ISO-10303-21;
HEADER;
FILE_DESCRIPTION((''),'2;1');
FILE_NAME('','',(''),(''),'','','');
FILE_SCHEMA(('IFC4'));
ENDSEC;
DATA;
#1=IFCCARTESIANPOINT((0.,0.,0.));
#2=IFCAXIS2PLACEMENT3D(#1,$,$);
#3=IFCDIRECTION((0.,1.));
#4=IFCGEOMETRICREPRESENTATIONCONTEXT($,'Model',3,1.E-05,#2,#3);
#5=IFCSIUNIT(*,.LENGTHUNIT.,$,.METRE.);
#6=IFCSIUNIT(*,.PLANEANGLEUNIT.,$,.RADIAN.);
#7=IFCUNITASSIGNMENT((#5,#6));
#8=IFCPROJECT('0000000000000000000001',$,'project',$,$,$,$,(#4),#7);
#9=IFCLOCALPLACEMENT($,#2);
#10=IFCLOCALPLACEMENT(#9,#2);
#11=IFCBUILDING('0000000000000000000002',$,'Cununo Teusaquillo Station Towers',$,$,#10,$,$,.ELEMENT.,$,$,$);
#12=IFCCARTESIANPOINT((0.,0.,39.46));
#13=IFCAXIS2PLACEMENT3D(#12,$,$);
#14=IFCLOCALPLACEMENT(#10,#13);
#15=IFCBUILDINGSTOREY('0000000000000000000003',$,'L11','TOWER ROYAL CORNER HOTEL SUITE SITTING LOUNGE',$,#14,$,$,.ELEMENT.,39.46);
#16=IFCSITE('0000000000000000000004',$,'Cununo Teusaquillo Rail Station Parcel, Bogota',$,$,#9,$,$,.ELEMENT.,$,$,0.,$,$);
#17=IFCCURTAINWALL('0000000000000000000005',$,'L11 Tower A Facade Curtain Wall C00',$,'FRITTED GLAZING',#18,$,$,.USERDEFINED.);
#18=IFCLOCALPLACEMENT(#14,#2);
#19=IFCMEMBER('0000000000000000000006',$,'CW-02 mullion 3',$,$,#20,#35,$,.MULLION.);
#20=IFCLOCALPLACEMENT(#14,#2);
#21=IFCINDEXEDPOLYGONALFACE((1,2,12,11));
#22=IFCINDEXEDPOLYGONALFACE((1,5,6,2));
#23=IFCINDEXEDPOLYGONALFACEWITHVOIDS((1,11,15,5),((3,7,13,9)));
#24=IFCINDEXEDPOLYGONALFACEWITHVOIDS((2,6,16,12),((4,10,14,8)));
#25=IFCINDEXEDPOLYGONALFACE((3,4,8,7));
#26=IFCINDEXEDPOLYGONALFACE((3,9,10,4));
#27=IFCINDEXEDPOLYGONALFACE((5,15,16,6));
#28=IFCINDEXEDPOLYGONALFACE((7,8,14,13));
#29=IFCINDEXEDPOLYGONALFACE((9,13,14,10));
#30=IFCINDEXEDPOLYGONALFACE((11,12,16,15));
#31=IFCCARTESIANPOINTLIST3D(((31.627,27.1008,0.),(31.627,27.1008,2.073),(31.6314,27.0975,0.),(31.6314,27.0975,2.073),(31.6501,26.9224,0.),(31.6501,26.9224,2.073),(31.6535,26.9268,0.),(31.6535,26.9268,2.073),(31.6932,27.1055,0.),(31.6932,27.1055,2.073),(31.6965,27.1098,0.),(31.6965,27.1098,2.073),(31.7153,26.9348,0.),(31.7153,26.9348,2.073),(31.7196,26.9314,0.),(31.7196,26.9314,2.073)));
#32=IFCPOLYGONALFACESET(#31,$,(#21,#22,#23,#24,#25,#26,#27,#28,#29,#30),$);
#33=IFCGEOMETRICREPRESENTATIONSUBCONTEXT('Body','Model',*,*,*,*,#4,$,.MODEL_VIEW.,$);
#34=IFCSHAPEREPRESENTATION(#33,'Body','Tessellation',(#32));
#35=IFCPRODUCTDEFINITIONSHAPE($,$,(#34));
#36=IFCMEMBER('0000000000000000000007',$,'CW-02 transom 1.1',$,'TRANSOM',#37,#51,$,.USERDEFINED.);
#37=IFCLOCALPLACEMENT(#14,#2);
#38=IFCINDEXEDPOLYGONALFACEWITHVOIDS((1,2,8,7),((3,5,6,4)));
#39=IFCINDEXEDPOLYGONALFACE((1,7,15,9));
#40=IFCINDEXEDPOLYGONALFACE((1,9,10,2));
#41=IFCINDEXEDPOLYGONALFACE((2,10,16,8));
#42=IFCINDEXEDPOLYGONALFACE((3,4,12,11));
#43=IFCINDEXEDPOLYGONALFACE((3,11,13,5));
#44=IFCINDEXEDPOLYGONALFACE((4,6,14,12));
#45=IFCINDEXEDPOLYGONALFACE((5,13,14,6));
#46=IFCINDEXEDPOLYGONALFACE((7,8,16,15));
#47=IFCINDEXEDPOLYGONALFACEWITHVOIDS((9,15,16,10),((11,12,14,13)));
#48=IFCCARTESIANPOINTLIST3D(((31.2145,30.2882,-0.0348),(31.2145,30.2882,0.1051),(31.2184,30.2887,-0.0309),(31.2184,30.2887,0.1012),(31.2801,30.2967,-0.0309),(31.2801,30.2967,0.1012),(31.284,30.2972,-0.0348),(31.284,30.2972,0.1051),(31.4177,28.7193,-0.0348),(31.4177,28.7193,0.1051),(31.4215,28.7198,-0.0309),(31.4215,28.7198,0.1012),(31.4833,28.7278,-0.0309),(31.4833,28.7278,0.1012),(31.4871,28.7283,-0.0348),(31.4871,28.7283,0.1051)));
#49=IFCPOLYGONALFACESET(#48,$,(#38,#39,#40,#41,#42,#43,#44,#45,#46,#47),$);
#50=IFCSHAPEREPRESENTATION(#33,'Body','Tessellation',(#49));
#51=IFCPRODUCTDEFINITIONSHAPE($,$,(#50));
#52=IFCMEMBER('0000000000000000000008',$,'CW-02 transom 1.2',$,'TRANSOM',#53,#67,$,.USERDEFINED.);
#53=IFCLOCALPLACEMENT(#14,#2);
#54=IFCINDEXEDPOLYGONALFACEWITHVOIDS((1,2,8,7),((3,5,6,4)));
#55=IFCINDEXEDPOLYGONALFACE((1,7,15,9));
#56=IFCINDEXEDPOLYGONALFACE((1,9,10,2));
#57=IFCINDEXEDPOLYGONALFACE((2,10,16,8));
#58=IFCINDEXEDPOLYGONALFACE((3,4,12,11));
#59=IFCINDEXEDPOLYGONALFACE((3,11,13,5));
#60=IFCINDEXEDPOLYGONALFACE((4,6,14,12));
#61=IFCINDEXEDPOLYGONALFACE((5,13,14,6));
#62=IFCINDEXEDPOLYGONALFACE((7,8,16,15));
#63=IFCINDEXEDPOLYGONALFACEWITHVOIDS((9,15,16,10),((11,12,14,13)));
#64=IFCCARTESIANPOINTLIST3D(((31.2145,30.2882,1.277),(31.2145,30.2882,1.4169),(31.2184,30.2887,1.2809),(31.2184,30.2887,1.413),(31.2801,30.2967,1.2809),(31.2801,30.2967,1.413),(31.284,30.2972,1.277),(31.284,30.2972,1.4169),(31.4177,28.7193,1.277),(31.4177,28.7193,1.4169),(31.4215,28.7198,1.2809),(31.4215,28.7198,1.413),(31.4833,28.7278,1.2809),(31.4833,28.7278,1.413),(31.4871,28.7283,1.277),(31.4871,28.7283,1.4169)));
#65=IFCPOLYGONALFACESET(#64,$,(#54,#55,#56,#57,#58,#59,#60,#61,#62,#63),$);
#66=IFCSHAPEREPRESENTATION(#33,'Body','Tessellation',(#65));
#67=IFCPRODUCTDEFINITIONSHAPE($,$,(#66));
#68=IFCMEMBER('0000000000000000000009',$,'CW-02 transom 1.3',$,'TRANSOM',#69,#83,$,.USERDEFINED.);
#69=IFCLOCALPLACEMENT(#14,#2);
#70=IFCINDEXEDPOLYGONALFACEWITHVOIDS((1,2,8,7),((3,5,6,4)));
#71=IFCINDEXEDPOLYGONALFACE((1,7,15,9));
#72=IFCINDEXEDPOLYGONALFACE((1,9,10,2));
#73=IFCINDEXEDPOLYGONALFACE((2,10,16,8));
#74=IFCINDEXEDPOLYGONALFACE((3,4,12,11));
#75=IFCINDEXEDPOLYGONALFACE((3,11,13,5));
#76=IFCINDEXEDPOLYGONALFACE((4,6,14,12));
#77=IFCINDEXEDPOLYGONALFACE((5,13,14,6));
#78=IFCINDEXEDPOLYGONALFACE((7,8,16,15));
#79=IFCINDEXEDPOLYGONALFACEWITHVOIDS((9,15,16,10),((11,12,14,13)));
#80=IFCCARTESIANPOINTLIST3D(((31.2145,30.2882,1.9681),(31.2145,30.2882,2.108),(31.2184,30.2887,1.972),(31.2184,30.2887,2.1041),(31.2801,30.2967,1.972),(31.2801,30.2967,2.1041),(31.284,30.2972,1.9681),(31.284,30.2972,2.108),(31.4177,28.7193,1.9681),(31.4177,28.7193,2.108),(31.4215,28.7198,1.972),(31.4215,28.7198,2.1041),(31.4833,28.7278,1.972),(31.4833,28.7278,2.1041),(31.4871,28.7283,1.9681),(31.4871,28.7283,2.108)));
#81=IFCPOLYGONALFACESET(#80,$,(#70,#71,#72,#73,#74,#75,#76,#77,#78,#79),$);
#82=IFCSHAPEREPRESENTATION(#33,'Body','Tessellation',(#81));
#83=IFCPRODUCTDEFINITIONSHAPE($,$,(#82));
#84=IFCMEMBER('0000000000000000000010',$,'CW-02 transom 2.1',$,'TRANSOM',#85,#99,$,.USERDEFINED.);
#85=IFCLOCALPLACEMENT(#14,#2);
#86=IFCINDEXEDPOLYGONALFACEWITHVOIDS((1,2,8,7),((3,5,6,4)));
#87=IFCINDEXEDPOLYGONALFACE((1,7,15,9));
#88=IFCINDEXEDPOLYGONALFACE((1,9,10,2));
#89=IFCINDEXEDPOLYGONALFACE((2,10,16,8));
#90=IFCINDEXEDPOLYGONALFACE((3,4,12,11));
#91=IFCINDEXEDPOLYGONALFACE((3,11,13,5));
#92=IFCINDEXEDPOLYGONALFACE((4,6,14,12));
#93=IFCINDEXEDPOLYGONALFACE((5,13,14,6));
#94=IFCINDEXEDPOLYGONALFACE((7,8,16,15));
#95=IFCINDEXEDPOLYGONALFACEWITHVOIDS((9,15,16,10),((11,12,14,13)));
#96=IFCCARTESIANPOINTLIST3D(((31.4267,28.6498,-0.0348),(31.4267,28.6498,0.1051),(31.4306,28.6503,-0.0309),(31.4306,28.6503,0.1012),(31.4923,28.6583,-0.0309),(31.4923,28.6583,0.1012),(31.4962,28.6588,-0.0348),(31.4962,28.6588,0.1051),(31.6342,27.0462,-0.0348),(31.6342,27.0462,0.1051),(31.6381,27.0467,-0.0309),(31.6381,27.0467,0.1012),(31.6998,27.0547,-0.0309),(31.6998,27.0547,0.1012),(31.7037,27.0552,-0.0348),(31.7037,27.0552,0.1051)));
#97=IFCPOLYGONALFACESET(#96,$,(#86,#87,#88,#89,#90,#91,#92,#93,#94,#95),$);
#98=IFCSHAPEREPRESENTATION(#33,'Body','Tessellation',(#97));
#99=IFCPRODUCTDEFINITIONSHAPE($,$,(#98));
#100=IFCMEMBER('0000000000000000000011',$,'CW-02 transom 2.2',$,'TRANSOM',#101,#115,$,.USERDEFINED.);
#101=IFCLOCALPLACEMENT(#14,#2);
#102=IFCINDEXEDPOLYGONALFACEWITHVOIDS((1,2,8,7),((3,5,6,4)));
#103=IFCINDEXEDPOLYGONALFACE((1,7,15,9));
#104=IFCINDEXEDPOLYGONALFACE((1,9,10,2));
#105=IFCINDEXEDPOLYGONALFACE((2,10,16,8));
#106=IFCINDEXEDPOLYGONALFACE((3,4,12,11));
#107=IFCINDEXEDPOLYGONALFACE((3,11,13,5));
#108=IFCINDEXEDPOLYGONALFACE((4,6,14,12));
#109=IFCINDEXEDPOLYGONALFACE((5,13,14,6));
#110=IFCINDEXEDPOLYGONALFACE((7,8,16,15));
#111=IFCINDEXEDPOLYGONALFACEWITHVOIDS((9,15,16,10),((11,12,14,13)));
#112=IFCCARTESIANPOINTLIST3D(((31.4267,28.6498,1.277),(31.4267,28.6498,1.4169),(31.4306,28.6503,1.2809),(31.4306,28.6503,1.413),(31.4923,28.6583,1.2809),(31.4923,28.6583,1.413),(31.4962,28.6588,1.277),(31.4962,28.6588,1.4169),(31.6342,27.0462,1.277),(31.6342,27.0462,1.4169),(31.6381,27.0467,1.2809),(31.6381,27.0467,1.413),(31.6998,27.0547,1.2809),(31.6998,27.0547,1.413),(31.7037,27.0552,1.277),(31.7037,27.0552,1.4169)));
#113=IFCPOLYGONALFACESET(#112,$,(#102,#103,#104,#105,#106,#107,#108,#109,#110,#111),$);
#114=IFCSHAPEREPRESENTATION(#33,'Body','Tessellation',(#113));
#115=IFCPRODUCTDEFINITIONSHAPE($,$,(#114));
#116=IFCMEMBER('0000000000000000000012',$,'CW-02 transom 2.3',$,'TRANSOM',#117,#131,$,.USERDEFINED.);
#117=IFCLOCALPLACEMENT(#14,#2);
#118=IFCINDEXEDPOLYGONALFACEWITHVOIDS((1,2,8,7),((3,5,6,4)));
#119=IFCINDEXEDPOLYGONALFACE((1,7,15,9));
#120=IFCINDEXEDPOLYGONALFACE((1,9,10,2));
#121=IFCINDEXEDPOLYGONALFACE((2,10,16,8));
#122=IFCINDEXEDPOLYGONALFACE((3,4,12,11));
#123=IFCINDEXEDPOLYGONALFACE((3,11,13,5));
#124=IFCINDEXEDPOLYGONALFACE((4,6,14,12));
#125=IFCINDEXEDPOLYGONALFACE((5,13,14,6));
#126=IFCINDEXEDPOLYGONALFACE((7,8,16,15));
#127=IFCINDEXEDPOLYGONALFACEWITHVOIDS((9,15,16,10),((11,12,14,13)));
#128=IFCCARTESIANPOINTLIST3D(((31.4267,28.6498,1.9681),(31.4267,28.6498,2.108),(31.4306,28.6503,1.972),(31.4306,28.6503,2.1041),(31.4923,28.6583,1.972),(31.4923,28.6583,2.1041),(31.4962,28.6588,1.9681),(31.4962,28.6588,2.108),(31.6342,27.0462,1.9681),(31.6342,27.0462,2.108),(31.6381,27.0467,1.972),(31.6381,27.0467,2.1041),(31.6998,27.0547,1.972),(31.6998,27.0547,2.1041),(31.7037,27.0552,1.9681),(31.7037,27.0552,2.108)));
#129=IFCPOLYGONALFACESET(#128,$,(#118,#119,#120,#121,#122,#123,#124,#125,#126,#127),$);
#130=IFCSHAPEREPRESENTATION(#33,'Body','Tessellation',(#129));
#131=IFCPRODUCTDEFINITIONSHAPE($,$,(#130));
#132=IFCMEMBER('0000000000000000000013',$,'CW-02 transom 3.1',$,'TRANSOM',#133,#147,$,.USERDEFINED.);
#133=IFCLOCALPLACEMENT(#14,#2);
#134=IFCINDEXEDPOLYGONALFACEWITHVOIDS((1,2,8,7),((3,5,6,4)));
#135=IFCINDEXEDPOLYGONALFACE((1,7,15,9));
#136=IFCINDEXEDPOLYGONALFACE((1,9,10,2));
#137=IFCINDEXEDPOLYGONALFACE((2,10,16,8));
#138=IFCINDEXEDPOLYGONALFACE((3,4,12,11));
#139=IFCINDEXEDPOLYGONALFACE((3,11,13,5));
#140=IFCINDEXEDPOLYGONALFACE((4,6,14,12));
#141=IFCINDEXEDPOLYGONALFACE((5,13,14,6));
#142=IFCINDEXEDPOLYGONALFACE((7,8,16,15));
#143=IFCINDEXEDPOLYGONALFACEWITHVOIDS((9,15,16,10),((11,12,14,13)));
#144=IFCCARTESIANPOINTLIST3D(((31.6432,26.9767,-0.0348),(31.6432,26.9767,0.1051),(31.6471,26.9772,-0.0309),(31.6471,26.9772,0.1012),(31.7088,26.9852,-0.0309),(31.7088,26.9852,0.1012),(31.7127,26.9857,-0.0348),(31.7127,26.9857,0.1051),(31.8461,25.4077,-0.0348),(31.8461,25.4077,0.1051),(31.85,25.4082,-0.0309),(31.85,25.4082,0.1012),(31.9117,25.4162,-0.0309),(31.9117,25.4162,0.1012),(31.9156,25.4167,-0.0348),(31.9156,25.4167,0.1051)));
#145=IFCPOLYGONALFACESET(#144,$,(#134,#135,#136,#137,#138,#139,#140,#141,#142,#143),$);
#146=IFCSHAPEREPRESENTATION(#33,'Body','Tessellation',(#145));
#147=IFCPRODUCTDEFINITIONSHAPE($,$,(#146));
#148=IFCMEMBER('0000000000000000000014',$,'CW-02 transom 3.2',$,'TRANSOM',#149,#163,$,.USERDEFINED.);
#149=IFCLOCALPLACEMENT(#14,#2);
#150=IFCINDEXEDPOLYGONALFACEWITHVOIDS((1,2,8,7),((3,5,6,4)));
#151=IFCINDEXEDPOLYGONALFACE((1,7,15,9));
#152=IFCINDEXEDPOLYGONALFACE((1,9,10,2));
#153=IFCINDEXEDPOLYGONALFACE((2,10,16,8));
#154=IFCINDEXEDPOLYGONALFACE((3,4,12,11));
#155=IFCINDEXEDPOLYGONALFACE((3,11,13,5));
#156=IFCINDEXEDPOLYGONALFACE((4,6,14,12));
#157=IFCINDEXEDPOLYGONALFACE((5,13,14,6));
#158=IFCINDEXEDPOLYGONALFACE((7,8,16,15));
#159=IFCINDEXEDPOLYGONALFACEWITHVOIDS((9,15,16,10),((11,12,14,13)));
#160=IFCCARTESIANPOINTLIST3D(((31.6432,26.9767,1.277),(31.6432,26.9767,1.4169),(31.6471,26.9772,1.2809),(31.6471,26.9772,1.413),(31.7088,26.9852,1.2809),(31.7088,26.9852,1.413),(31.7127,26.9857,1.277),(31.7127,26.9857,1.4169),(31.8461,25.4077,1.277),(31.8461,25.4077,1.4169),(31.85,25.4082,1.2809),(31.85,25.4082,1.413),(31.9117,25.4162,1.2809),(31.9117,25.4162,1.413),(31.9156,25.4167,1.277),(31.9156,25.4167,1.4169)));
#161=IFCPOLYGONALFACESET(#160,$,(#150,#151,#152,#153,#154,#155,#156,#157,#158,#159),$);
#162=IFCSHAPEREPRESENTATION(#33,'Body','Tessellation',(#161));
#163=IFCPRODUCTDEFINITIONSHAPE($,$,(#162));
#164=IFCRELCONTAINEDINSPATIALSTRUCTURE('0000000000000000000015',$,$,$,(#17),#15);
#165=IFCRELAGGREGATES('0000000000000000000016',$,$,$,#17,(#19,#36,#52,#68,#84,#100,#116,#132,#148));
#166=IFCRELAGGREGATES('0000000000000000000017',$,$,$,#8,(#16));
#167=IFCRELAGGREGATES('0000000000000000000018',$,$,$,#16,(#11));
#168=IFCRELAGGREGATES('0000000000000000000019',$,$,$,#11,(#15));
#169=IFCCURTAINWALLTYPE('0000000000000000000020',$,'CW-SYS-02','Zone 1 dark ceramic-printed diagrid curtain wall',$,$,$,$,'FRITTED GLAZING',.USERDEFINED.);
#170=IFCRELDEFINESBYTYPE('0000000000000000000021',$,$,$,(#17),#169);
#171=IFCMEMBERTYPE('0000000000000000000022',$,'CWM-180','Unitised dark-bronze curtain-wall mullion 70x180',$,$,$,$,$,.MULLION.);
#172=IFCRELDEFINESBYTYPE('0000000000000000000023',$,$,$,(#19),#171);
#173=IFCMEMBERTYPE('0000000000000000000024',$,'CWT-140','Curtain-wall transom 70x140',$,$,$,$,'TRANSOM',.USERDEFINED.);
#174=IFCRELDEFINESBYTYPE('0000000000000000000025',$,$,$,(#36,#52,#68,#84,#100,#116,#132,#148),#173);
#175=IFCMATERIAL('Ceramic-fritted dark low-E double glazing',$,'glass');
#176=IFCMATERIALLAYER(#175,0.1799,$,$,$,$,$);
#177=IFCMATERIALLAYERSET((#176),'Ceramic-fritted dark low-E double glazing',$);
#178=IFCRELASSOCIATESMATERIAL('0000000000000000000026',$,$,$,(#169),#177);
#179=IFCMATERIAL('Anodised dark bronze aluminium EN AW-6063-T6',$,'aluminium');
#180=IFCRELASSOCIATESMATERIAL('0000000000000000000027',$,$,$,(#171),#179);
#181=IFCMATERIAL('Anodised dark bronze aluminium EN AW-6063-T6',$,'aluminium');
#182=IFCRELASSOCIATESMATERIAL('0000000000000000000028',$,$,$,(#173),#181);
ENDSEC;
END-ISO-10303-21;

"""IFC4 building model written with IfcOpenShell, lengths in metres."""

from ifc_helpers import new_model, si_unit, direction, frame, origin, origin_2d, place, context, subcontext, project, spatial, hollow_rectangle, extrude, material, layer, layer_set, material_profile, profile_set, type_object, element, aggregate, save


model = new_model("IFC4")

# Units and contexts
model_context = context("Model", 3, precision=1e-05, world=origin(), true_north=direction((0.0, 1.0)))
body_context = subcontext(model_context, "Body", "Model", "MODEL_VIEW")
ifc_project = project(units=[si_unit("LENGTHUNIT", "METRE"), si_unit("PLANEANGLEUNIT", "RADIAN")], contexts=[model_context])

# Site, building, storey
site_placement = place(None, origin())
site = spatial("IfcSite", under=ifc_project, at=site_placement, Name="Cununo Teusaquillo Rail Station Parcel, Bogota", CompositionType="ELEMENT", RefElevation=0.0)
building_placement = place(site_placement, origin())
building = spatial("IfcBuilding", under=site, at=building_placement, Name="Cununo Teusaquillo Station Towers", CompositionType="ELEMENT")
storey_placement = place(building_placement, frame((0.0, 0.0, 39.46)))
storey = spatial("IfcBuildingStorey", under=building, at=storey_placement, Name="L11", Description="TOWER ROYAL CORNER HOTEL SUITE SITTING LOUNGE", CompositionType="ELEMENT", Elevation=39.46)

# Curtain wall, members
ifc_material_1 = material(Name="Ceramic-fritted dark low-E double glazing", Category="glass")
ifc_layer_1 = layer(ifc_material_1, 0.1799)
ifc_layer_set_1 = layer_set([ifc_layer_1], Name="Ceramic-fritted dark low-E double glazing")
curtain_wall_type = type_object("IfcCurtainWallType", Name="CW-SYS-02", Description="Zone 1 dark ceramic-printed diagrid curtain wall", ElementType="FRITTED GLAZING", PredefinedType="USERDEFINED", material=ifc_layer_set_1)
curtain_wall_placement = place(storey_placement, origin())
curtain_wall = element("IfcCurtainWall", 1, at=curtain_wall_placement, inside=storey, type_object=curtain_wall_type, Name="L11 Tower A Facade Curtain Wall C00", ObjectType="FRITTED GLAZING", PredefinedType="USERDEFINED")
ifc_material_2 = material(Name="Anodised dark bronze aluminium EN AW-6063-T6", Category="aluminium")
ifc_material_profile_1 = material_profile(ifc_material_2, hollow_rectangle(XDim=0.0701, YDim=0.1799, WallThickness=0.0039, at=origin_2d()), Name="CW-MULL-70x180")
ifc_profile_set_1 = profile_set([ifc_material_profile_1], Name="Anodised dark bronze aluminium EN AW-6063-T6")
member_type_1 = type_object("IfcMemberType", Name="CWM-180", Description="Unitised dark-bronze curtain-wall mullion 70x180", PredefinedType="MULLION", material=ifc_profile_set_1)
member_1_placement = place(storey_placement, frame((31.6733, 27.0161, 0.0), z_axis=(0.0, 0.0, 1.0), x_axis=(0.991731, 0.128336, 0.0)))
member_1 = element("IfcMember", 2, at=member_1_placement, type_object=member_type_1, Name="CW-02 mullion 3", PredefinedType="MULLION", context=body_context, shape_type="SweptSolid", body=[
    extrude(hollow_rectangle(XDim=0.0701, YDim=0.1799, WallThickness=0.0039, at=origin_2d()), origin(), (0.0, 0.0, 1.0), 2.073),
])
ifc_material_3 = material(Name="Anodised dark bronze aluminium EN AW-6063-T6", Category="aluminium")
ifc_material_profile_2 = material_profile(ifc_material_3, hollow_rectangle(XDim=0.0701, YDim=0.1399, WallThickness=0.0039, at=origin_2d()), Name="CW-TRAN-70x140")
ifc_profile_set_2 = profile_set([ifc_material_profile_2], Name="Anodised dark bronze aluminium EN AW-6063-T6")
member_type_2 = type_object("IfcMemberType", Name="CWT-140", Description="Curtain-wall transom 70x140", ElementType="TRANSOM", PredefinedType="USERDEFINED", material=ifc_profile_set_2)
member_2_placement = place(storey_placement, frame((31.2493, 30.2927, 0.0352), z_axis=(0.128402, -0.991722, 0.0), x_axis=(0.991722, 0.128402, 0.0)))
member_2 = element("IfcMember", 3, at=member_2_placement, type_object=member_type_2, Name="CW-02 transom 1.1", ObjectType="TRANSOM", PredefinedType="USERDEFINED", context=body_context, shape_type="SweptSolid", body=[
    extrude(hollow_rectangle(XDim=0.0701, YDim=0.1399, WallThickness=0.0039, at=origin_2d()), origin(), (0.0, 0.0, 1.0), 1.582),
])
member_3_placement = place(storey_placement, frame((31.2493, 30.2927, 1.3469), z_axis=(0.128402, -0.991722, 0.0), x_axis=(0.991722, 0.128402, 0.0)))
member_3 = element("IfcMember", 4, at=member_3_placement, type_object=member_type_2, Name="CW-02 transom 1.2", ObjectType="TRANSOM", PredefinedType="USERDEFINED", context=body_context, shape_type="SweptSolid", body=[
    extrude(hollow_rectangle(XDim=0.0701, YDim=0.1399, WallThickness=0.0039, at=origin_2d()), origin(), (0.0, 0.0, 1.0), 1.582),
])
member_4_placement = place(storey_placement, frame((31.2493, 30.2927, 2.0381), z_axis=(0.128402, -0.991722, 0.0), x_axis=(0.991722, 0.128402, 0.0)))
member_4 = element("IfcMember", 5, at=member_4_placement, type_object=member_type_2, Name="CW-02 transom 1.3", ObjectType="TRANSOM", PredefinedType="USERDEFINED", context=body_context, shape_type="SweptSolid", body=[
    extrude(hollow_rectangle(XDim=0.0701, YDim=0.1399, WallThickness=0.0039, at=origin_2d()), origin(), (0.0, 0.0, 1.0), 1.582),
])
member_5_placement = place(storey_placement, frame((31.4614, 28.6543, 0.0352), z_axis=(0.128345, -0.99173, 0.0), x_axis=(0.99173, 0.128345, 0.0)))
member_5 = element("IfcMember", 6, at=member_5_placement, type_object=member_type_2, Name="CW-02 transom 2.1", ObjectType="TRANSOM", PredefinedType="USERDEFINED", context=body_context, shape_type="SweptSolid", body=[
    extrude(hollow_rectangle(XDim=0.0701, YDim=0.1399, WallThickness=0.0039, at=origin_2d()), origin(), (0.0, 0.0, 1.0), 1.6169),
])
member_6_placement = place(storey_placement, frame((31.4614, 28.6543, 1.3469), z_axis=(0.128345, -0.99173, 0.0), x_axis=(0.99173, 0.128345, 0.0)))
member_6 = element("IfcMember", 7, at=member_6_placement, type_object=member_type_2, Name="CW-02 transom 2.2", ObjectType="TRANSOM", PredefinedType="USERDEFINED", context=body_context, shape_type="SweptSolid", body=[
    extrude(hollow_rectangle(XDim=0.0701, YDim=0.1399, WallThickness=0.0039, at=origin_2d()), origin(), (0.0, 0.0, 1.0), 1.6169),
])
member_7_placement = place(storey_placement, frame((31.4614, 28.6543, 2.0381), z_axis=(0.128345, -0.99173, 0.0), x_axis=(0.99173, 0.128345, 0.0)))
member_7 = element("IfcMember", 8, at=member_7_placement, type_object=member_type_2, Name="CW-02 transom 2.3", ObjectType="TRANSOM", PredefinedType="USERDEFINED", context=body_context, shape_type="SweptSolid", body=[
    extrude(hollow_rectangle(XDim=0.0701, YDim=0.1399, WallThickness=0.0039, at=origin_2d()), origin(), (0.0, 0.0, 1.0), 1.6169),
])
member_8_placement = place(storey_placement, frame((31.678, 26.9812, 0.0352), z_axis=(0.12825, -0.991742, 0.0), x_axis=(0.991742, 0.12825, 0.0)))
member_8 = element("IfcMember", 9, at=member_8_placement, type_object=member_type_2, Name="CW-02 transom 3.1", ObjectType="TRANSOM", PredefinedType="USERDEFINED", context=body_context, shape_type="SweptSolid", body=[
    extrude(hollow_rectangle(XDim=0.0701, YDim=0.1399, WallThickness=0.0039, at=origin_2d()), origin(), (0.0, 0.0, 1.0), 1.582),
])
member_9_placement = place(storey_placement, frame((31.678, 26.9812, 1.3469), z_axis=(0.12825, -0.991742, 0.0), x_axis=(0.991742, 0.12825, 0.0)))
member_9 = element("IfcMember", 10, at=member_9_placement, type_object=member_type_2, Name="CW-02 transom 3.2", ObjectType="TRANSOM", PredefinedType="USERDEFINED", context=body_context, shape_type="SweptSolid", body=[
    extrude(hollow_rectangle(XDim=0.0701, YDim=0.1399, WallThickness=0.0039, at=origin_2d()), origin(), (0.0, 0.0, 1.0), 1.582),
])

aggregate(curtain_wall, [member_1, member_2, member_3, member_4, member_5, member_6, member_7, member_8, member_9])

save(model, "model.ifc")
